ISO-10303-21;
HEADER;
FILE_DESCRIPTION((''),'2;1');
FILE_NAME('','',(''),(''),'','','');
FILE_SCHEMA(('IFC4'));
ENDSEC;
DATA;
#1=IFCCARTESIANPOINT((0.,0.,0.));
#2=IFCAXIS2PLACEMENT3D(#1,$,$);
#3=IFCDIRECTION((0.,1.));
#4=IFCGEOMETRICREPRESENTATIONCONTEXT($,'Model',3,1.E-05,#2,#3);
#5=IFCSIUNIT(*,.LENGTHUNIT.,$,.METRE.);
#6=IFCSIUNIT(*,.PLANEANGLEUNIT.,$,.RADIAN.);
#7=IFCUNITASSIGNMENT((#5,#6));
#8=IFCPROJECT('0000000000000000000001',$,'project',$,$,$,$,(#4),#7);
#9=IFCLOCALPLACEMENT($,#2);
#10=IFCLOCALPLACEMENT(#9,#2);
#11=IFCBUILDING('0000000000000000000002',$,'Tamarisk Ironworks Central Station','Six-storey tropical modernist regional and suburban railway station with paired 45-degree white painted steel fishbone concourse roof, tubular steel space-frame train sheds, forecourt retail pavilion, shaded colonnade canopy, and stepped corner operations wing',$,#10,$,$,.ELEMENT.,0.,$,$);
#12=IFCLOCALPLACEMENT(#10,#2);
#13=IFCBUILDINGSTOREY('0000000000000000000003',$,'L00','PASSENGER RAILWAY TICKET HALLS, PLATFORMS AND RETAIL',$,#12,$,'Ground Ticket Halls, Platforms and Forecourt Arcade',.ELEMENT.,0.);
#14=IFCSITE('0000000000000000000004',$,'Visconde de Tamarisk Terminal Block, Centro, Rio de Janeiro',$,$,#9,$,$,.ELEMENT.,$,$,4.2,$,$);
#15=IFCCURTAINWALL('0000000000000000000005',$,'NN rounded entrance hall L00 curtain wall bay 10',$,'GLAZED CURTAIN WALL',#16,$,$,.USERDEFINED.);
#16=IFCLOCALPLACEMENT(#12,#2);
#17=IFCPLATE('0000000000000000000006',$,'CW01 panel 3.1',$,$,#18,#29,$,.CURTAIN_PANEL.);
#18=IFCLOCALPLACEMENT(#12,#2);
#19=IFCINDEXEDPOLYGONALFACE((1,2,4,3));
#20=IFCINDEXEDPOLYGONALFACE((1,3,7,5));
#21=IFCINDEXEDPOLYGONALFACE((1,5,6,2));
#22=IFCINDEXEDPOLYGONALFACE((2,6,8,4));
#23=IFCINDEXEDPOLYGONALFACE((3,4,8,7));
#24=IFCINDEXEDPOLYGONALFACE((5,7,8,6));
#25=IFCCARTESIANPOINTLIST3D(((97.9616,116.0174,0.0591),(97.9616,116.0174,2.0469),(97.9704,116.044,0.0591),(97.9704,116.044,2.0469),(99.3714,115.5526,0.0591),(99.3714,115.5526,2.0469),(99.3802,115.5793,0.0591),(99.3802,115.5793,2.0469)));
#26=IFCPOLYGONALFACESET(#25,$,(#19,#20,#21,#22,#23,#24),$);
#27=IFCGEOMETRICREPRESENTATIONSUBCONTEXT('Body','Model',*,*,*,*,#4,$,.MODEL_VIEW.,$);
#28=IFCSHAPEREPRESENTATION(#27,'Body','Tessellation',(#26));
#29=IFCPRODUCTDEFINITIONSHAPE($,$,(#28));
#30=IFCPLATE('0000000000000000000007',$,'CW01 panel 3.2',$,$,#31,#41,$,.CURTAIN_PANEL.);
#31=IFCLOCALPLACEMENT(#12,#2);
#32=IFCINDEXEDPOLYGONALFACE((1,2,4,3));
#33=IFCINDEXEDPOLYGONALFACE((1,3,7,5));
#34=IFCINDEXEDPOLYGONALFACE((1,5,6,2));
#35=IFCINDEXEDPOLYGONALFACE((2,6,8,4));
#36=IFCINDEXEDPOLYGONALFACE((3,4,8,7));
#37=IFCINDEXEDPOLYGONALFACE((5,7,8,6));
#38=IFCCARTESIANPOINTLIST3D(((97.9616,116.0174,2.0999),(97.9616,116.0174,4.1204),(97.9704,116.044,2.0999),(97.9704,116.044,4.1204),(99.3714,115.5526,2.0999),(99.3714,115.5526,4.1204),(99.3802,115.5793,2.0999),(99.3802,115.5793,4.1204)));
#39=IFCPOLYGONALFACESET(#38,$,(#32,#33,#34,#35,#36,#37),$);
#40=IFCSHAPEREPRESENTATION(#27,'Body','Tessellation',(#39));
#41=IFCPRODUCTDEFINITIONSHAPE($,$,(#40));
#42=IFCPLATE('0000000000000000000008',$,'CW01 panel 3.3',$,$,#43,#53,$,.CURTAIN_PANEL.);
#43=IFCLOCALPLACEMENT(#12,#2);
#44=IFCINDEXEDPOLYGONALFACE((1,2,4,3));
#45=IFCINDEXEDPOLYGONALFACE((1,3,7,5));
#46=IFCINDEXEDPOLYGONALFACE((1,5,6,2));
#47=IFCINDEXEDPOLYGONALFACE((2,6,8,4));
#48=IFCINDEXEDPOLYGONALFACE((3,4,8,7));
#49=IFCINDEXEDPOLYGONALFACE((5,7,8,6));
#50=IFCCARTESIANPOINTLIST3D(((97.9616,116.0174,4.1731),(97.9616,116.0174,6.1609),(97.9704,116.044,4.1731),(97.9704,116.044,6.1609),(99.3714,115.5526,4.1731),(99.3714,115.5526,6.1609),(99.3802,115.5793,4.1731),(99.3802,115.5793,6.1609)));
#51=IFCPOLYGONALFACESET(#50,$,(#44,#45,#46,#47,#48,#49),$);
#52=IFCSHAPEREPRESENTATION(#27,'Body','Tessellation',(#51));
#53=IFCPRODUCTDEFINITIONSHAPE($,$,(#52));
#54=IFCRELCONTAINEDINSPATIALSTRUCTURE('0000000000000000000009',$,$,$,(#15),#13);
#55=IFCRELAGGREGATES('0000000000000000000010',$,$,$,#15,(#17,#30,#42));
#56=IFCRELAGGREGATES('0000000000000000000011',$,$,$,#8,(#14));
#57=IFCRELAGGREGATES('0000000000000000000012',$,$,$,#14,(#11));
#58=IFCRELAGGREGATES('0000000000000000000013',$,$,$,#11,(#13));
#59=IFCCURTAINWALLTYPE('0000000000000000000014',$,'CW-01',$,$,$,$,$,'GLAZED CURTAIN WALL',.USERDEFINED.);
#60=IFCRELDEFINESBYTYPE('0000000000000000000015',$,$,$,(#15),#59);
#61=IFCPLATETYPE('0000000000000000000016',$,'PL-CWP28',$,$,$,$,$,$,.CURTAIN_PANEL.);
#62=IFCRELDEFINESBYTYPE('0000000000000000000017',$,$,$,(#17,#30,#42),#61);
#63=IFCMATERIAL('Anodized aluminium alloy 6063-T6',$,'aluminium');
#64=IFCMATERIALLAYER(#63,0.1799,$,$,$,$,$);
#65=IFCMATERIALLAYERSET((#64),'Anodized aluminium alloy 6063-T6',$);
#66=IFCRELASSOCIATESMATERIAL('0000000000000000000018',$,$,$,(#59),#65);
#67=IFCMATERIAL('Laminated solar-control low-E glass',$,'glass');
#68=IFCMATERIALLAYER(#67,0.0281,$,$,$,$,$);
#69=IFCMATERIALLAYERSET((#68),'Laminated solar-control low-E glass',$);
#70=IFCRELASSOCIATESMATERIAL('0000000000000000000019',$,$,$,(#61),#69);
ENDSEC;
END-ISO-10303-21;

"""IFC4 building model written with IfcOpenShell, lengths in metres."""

from ifc_helpers import new_model, si_unit, direction, frame, origin, origin_2d, place, context, subcontext, project, spatial, rectangle, extrude, material, layer, layer_set, type_object, element, aggregate, save


model = new_model("IFC4")

# Units and contexts
model_context = context("Model", 3, precision=1e-05, world=origin(), true_north=direction((0.0, 1.0)))
body_context = subcontext(model_context, "Body", "Model", "MODEL_VIEW")
ifc_project = project(units=[si_unit("LENGTHUNIT", "METRE"), si_unit("PLANEANGLEUNIT", "RADIAN")], contexts=[model_context])

# Site, building, storey
site_placement = place(None, origin())
site = spatial("IfcSite", under=ifc_project, at=site_placement, Name="Visconde de Tamarisk Terminal Block, Centro, Rio de Janeiro", CompositionType="ELEMENT", RefElevation=4.2)
building_placement = place(site_placement, origin())
building = spatial("IfcBuilding", under=site, at=building_placement, Name="Tamarisk Ironworks Central Station", Description="Six-storey tropical modernist regional and suburban railway station with paired 45-degree white painted steel fishbone concourse roof, tubular steel space-frame train sheds, forecourt retail pavilion, shaded colonnade canopy, and stepped corner operations wing", CompositionType="ELEMENT", ElevationOfRefHeight=0.0)
storey_placement = place(building_placement, origin())
storey = spatial("IfcBuildingStorey", under=building, at=storey_placement, Name="L00", Description="PASSENGER RAILWAY TICKET HALLS, PLATFORMS AND RETAIL", LongName="Ground Ticket Halls, Platforms and Forecourt Arcade", CompositionType="ELEMENT", Elevation=0.0)

# Curtain wall, plates
ifc_material_1 = material(Name="Anodized aluminium alloy 6063-T6", Category="aluminium")
ifc_layer_1 = layer(ifc_material_1, 0.1799)
ifc_layer_set_1 = layer_set([ifc_layer_1], Name="Anodized aluminium alloy 6063-T6")
curtain_wall_type = type_object("IfcCurtainWallType", Name="CW-01", ElementType="GLAZED CURTAIN WALL", PredefinedType="USERDEFINED", material=ifc_layer_set_1)
curtain_wall_placement = place(storey_placement, origin())
curtain_wall = element("IfcCurtainWall", 1, at=curtain_wall_placement, inside=storey, type_object=curtain_wall_type, Name="NN rounded entrance hall L00 curtain wall bay 10", ObjectType="GLAZED CURTAIN WALL", PredefinedType="USERDEFINED")
ifc_material_2 = material(Name="Laminated solar-control low-E glass", Category="glass")
ifc_layer_2 = layer(ifc_material_2, 0.0281)
ifc_layer_set_2 = layer_set([ifc_layer_2], Name="Laminated solar-control low-E glass")
plate_type = type_object("IfcPlateType", Name="PL-CWP28", PredefinedType="CURTAIN_PANEL", material=ifc_layer_set_2)
plate_1_placement = place(storey_placement, frame((98.6709, 115.7983, 0.0591), z_axis=(0.0, 0.0, 1.0), x_axis=(0.949721, -0.313098, 0.0)))
plate_1 = element("IfcPlate", 2, at=plate_1_placement, type_object=plate_type, Name="CW01 panel 3.1", PredefinedType="CURTAIN_PANEL", context=body_context, shape_type="SweptSolid", body=[
    extrude(rectangle(XDim=1.4844, YDim=0.0281, at=origin_2d()), origin(), (0.0, 0.0, 1.0), 1.9878),
])
plate_2_placement = place(storey_placement, frame((98.6709, 115.7983, 2.0999), z_axis=(0.0, 0.0, 1.0), x_axis=(0.949721, -0.313098, 0.0)))
plate_2 = element("IfcPlate", 3, at=plate_2_placement, type_object=plate_type, Name="CW01 panel 3.2", PredefinedType="CURTAIN_PANEL", context=body_context, shape_type="SweptSolid", body=[
    extrude(rectangle(XDim=1.4844, YDim=0.0281, at=origin_2d()), origin(), (0.0, 0.0, 1.0), 2.0205),
])
plate_3_placement = place(storey_placement, frame((98.6709, 115.7983, 4.1731), z_axis=(0.0, 0.0, 1.0), x_axis=(0.949721, -0.313098, 0.0)))
plate_3 = element("IfcPlate", 4, at=plate_3_placement, type_object=plate_type, Name="CW01 panel 3.3", PredefinedType="CURTAIN_PANEL", context=body_context, shape_type="SweptSolid", body=[
    extrude(rectangle(XDim=1.4844, YDim=0.0281, at=origin_2d()), origin(), (0.0, 0.0, 1.0), 1.9878),
])
aggregate(curtain_wall, [plate_1, plate_2, plate_3])

save(model, "model.ifc")
